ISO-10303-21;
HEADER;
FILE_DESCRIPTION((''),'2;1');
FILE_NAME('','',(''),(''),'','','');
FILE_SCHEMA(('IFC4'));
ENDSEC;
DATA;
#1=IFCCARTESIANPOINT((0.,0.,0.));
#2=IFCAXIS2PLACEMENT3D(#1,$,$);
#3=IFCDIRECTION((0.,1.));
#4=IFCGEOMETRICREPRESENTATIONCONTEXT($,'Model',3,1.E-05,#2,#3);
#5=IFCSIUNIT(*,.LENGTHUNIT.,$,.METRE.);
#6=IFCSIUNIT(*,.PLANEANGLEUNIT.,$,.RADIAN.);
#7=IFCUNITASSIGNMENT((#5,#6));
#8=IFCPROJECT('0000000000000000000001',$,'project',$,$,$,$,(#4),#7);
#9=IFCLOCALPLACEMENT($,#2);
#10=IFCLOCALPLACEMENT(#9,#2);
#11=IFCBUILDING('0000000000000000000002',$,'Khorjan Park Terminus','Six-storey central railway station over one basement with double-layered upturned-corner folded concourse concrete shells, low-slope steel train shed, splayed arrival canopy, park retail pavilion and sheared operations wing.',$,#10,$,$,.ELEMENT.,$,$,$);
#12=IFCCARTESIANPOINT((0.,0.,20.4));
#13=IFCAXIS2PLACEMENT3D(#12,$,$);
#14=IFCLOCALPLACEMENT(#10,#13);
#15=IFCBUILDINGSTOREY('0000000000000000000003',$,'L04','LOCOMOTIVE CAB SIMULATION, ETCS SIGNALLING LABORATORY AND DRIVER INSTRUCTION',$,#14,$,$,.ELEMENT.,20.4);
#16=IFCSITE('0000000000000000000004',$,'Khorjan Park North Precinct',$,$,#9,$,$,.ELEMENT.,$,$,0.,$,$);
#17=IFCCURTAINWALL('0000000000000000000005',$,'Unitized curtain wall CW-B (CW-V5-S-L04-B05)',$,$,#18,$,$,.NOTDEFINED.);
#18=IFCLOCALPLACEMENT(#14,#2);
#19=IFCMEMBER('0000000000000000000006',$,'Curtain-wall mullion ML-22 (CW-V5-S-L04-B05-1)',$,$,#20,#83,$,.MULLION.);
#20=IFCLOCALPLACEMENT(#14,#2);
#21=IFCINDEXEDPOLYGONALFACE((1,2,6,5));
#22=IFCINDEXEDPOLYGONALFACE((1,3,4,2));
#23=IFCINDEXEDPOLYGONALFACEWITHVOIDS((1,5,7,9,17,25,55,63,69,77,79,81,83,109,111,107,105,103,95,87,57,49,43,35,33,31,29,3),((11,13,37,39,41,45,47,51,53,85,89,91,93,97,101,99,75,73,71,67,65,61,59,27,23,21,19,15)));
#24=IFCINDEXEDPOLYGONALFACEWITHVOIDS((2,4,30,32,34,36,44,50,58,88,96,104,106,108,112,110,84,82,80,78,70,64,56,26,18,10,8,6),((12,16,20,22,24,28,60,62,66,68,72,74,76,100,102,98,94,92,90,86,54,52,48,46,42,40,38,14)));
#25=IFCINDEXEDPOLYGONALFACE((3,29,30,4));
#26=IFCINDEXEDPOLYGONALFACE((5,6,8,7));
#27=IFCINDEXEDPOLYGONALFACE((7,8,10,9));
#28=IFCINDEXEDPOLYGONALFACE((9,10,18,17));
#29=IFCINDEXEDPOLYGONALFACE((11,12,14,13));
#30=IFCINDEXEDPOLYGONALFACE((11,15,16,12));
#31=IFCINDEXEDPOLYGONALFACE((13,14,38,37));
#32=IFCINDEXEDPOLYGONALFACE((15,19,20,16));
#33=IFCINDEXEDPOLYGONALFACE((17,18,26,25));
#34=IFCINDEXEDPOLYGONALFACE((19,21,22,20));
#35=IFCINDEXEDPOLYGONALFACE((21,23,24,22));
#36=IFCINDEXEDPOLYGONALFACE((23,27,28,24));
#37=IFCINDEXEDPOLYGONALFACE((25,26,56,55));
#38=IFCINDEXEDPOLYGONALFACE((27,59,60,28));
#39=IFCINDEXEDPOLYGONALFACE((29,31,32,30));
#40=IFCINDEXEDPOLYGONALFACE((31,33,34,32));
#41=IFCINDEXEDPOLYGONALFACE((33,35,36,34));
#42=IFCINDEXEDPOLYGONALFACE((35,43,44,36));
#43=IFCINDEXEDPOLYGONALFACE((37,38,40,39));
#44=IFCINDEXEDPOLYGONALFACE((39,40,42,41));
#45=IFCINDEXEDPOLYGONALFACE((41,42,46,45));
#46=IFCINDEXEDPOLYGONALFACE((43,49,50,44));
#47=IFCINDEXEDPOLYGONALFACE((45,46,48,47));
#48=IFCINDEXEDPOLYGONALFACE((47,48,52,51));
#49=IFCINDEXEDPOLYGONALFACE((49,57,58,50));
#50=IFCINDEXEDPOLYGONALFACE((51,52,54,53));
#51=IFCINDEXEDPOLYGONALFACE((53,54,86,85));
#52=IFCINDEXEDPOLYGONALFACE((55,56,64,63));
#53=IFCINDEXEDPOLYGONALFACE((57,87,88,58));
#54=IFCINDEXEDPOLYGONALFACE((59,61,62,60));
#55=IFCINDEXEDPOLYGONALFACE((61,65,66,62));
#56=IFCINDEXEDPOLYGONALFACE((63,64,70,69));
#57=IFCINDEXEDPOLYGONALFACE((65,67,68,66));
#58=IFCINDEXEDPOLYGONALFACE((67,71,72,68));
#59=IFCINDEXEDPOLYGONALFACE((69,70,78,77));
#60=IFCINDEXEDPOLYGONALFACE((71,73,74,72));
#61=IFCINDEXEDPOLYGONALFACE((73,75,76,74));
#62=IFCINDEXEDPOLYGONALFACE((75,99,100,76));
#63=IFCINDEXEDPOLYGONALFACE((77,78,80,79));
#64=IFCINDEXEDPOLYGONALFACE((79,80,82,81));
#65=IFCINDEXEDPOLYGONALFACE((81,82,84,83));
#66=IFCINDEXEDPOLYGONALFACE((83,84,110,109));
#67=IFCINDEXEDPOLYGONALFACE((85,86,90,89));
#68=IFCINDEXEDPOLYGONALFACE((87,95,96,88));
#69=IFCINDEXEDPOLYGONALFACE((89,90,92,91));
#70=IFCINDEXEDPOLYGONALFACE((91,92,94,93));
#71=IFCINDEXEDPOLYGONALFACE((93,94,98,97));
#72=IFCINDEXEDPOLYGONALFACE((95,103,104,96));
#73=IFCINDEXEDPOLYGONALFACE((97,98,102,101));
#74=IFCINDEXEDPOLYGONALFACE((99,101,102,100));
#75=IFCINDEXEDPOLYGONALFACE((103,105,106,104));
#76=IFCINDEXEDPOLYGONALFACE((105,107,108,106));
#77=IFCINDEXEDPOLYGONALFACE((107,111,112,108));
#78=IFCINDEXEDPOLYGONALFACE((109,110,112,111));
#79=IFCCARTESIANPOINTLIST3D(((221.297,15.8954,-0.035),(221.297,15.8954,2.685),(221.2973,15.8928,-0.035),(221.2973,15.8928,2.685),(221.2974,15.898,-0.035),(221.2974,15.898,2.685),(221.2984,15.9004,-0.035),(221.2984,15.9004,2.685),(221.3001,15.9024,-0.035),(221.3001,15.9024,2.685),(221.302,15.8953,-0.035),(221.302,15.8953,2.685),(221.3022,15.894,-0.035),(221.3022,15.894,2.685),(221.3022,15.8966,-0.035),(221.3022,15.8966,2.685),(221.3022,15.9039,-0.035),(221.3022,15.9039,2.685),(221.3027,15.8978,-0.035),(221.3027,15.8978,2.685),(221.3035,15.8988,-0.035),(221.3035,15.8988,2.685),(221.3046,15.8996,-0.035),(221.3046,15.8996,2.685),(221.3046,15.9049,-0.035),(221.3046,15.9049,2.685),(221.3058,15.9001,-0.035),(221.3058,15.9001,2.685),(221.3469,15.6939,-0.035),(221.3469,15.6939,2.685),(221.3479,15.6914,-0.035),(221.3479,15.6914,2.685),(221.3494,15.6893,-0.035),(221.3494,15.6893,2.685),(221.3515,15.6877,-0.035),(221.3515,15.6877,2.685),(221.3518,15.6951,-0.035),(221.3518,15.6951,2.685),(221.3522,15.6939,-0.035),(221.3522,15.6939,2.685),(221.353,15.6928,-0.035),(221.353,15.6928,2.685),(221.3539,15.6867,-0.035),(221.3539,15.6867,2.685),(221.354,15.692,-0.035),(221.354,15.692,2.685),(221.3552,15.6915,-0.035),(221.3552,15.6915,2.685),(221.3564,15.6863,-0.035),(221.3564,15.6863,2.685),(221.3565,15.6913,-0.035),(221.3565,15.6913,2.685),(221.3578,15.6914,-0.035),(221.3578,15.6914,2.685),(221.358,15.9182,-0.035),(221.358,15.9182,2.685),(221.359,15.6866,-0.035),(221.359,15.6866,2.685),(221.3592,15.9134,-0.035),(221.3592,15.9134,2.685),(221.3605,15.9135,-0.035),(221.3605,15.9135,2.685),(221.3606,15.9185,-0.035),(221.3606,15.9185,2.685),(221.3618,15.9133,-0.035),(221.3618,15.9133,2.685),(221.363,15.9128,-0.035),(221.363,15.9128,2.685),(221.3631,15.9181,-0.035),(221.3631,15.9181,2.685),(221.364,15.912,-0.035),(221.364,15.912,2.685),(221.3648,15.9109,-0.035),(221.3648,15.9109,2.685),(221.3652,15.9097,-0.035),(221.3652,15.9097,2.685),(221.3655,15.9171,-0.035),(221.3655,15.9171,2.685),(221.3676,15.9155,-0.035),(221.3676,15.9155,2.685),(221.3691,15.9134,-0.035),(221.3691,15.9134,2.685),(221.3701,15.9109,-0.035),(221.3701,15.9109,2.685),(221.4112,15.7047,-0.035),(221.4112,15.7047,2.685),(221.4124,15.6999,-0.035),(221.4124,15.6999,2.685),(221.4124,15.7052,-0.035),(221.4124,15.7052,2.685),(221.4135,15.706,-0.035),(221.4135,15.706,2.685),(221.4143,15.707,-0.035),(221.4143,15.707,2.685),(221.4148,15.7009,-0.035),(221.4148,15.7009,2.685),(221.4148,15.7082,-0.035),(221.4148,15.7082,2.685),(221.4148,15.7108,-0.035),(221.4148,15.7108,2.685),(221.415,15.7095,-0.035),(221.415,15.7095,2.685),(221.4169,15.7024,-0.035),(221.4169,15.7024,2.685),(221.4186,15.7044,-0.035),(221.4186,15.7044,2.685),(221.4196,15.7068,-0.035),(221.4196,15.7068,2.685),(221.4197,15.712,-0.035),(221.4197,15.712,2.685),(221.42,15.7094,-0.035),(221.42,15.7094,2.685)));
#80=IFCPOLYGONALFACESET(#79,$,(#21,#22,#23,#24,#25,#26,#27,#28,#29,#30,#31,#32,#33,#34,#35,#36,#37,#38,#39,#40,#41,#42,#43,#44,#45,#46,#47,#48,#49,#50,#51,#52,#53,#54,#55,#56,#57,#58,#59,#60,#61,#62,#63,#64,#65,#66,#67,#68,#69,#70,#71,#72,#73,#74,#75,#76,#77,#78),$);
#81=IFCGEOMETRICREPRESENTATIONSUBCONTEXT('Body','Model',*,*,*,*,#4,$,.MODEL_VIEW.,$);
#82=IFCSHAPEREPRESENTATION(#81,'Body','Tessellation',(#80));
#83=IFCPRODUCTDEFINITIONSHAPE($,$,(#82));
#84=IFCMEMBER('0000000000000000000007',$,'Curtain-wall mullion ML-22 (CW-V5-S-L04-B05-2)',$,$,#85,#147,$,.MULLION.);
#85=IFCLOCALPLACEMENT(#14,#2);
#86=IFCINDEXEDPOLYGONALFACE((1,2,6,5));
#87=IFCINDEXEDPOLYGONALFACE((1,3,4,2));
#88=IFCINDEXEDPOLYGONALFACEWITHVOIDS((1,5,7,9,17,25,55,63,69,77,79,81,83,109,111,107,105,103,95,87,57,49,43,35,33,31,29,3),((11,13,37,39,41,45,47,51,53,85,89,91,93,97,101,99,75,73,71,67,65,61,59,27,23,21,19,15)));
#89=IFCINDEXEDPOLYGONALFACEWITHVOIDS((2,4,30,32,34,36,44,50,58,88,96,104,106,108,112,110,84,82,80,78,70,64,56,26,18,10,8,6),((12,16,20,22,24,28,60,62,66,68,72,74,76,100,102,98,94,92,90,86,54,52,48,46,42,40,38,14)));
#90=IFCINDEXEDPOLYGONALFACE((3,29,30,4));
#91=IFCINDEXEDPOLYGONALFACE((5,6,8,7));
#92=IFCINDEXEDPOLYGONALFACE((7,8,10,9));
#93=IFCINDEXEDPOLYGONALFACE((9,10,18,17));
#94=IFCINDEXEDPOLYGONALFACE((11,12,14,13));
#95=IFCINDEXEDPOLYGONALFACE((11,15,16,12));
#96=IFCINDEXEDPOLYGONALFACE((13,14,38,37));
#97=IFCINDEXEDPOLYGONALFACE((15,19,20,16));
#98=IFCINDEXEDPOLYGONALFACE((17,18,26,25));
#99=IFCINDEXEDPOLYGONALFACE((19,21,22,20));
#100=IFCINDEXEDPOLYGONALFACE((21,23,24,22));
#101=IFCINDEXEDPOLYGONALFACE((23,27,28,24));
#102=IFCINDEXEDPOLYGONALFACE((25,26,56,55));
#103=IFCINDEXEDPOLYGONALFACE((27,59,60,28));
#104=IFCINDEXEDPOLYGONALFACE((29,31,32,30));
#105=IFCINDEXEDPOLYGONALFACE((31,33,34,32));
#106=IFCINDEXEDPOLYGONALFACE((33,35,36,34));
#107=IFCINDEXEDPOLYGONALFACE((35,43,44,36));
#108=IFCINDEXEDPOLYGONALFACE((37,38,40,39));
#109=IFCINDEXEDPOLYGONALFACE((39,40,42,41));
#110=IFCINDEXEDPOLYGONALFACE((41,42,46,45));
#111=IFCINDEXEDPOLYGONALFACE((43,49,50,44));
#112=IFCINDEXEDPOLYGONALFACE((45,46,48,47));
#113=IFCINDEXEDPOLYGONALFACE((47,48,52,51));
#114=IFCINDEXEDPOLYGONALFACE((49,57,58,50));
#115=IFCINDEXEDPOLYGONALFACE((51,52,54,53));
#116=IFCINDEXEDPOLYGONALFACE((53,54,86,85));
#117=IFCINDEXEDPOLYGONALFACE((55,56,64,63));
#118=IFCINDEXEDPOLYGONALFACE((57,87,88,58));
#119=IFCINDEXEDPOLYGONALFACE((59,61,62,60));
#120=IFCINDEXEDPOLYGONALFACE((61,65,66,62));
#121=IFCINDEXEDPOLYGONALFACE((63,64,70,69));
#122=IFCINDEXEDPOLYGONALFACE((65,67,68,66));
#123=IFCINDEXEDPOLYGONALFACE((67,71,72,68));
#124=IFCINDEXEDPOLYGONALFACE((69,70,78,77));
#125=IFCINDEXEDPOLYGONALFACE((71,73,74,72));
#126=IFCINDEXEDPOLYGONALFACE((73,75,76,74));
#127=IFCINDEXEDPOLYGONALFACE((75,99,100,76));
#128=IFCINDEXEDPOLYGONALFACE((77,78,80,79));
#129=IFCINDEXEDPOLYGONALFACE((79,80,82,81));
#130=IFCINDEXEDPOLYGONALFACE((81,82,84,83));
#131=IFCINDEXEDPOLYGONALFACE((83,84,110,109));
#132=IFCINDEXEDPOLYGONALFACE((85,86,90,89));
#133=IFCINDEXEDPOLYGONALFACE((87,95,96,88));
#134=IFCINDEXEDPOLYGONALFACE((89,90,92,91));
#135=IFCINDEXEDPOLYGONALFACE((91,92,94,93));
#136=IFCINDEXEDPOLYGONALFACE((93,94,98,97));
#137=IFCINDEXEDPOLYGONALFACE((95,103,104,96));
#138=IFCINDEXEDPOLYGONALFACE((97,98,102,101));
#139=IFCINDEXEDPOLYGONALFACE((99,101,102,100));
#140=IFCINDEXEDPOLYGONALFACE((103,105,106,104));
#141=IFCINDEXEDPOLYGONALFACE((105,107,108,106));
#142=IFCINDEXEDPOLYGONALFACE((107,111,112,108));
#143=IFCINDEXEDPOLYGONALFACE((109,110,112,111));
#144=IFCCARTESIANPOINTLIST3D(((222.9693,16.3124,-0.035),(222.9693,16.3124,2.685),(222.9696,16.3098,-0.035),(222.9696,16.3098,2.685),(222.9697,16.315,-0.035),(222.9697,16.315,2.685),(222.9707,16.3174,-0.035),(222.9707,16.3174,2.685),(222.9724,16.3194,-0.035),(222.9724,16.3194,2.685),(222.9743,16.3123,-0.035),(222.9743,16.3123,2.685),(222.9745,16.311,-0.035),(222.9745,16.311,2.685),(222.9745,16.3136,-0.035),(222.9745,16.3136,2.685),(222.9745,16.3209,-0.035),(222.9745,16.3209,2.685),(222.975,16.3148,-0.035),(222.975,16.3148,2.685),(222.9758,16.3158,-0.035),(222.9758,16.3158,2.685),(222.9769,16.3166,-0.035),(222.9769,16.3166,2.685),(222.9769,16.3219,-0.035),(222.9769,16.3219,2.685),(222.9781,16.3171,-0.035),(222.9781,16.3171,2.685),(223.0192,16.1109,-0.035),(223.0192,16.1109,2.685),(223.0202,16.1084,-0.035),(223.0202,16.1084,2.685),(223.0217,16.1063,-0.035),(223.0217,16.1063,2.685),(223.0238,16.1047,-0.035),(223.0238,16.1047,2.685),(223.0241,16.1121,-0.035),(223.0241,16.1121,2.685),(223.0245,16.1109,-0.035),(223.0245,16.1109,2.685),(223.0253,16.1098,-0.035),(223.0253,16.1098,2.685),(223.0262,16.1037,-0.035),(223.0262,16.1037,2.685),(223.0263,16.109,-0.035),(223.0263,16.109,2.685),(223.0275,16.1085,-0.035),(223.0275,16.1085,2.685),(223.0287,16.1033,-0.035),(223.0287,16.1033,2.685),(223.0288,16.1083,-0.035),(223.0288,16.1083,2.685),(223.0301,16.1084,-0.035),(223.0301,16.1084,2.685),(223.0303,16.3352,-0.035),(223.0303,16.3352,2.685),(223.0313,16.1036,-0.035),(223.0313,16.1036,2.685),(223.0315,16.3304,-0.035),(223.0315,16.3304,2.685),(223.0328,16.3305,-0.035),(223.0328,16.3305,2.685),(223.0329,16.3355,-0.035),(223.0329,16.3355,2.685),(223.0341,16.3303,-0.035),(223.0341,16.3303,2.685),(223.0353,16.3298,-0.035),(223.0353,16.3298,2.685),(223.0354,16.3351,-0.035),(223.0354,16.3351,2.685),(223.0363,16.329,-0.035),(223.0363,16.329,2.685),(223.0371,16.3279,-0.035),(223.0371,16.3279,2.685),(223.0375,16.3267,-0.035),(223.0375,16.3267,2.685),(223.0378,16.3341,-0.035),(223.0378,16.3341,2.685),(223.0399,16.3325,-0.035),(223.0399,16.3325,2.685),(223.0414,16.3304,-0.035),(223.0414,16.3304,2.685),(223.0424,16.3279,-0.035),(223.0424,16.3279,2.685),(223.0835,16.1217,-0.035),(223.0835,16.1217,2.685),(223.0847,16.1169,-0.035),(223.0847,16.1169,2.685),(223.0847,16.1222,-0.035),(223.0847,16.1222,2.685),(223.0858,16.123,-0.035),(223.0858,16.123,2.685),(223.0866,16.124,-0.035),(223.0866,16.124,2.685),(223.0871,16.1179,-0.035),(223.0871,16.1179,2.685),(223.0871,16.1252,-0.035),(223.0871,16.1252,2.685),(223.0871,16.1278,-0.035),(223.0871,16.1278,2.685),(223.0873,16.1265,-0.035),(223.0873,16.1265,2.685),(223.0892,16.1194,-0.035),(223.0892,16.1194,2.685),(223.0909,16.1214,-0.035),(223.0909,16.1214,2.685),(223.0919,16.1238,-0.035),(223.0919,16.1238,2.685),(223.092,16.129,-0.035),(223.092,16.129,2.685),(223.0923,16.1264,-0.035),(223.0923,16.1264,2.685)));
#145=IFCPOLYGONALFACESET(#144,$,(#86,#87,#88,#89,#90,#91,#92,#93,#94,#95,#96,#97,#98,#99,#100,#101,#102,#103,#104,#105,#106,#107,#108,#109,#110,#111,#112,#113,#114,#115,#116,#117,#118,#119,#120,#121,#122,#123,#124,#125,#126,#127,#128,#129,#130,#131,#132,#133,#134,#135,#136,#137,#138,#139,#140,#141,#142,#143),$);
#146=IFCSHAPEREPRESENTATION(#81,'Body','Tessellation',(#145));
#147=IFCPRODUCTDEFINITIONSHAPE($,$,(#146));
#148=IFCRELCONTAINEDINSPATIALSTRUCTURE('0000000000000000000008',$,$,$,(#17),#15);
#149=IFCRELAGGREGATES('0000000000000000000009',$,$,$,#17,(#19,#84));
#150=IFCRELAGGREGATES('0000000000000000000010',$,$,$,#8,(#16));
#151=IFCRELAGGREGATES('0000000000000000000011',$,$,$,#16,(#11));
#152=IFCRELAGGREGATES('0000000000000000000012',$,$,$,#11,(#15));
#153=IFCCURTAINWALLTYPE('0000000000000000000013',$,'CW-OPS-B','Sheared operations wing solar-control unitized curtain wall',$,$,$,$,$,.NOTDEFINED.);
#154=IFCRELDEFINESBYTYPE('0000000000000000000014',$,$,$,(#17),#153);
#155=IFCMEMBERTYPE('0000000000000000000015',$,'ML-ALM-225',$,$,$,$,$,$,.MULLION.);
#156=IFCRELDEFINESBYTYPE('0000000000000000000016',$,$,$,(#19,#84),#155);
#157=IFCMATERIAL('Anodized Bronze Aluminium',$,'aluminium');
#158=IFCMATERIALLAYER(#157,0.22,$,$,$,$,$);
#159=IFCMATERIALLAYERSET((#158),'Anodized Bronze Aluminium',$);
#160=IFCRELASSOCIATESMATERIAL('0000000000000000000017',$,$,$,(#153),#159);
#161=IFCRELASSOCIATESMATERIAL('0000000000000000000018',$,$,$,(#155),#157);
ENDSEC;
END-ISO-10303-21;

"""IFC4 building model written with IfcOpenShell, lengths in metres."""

from ifc_helpers import new_model, si_unit, direction, frame, origin, origin_2d, place, context, subcontext, project, spatial, hollow_rectangle, extrude, material, layer, layer_set, material_profile, profile_set, type_object, element, aggregate, save


model = new_model("IFC4")

# Units and contexts
model_context = context("Model", 3, precision=1e-05, world=origin(), true_north=direction((0.0, 1.0)))
body_context = subcontext(model_context, "Body", "Model", "MODEL_VIEW")
ifc_project = project(units=[si_unit("LENGTHUNIT", "METRE"), si_unit("PLANEANGLEUNIT", "RADIAN")], contexts=[model_context])

# Site, building, storey
site_placement = place(None, origin())
site = spatial("IfcSite", under=ifc_project, at=site_placement, Name="Khorjan Park North Precinct", CompositionType="ELEMENT", RefElevation=0.0)
building_placement = place(site_placement, origin())
building = spatial("IfcBuilding", under=site, at=building_placement, Name="Khorjan Park Terminus", Description="Six-storey central railway station over one basement with double-layered upturned-corner folded concourse concrete shells, low-slope steel train shed, splayed arrival canopy, park retail pavilion and sheared operations wing.", CompositionType="ELEMENT")
storey_placement = place(building_placement, frame((0.0, 0.0, 20.4)))
storey = spatial("IfcBuildingStorey", under=building, at=storey_placement, Name="L04", Description="LOCOMOTIVE CAB SIMULATION, ETCS SIGNALLING LABORATORY AND DRIVER INSTRUCTION", CompositionType="ELEMENT", Elevation=20.4)

# Curtain wall, members
ifc_material_1 = material(Name="Anodized Bronze Aluminium", Category="aluminium")
ifc_layer_1 = layer(ifc_material_1, 0.22)
ifc_layer_set_1 = layer_set([ifc_layer_1], Name="Anodized Bronze Aluminium")
curtain_wall_type = type_object("IfcCurtainWallType", Name="CW-OPS-B", Description="Sheared operations wing solar-control unitized curtain wall", PredefinedType="NOTDEFINED", material=ifc_layer_set_1)
curtain_wall_placement = place(storey_placement, origin())
curtain_wall = element("IfcCurtainWall", 1, at=curtain_wall_placement, inside=storey, type_object=curtain_wall_type, Name="Unitized curtain wall CW-B (CW-V5-S-L04-B05)", PredefinedType="NOTDEFINED")
ifc_material_profile_1 = material_profile(ifc_material_1, hollow_rectangle(XDim=0.075, YDim=0.225, WallThickness=0.005, InnerFilletRadius=0.005, OuterFilletRadius=0.01, at=origin_2d()), Name="ALM 75x225x5")
ifc_profile_set_1 = profile_set([ifc_material_profile_1], Name="Anodized Bronze Aluminium")
member_type_1 = type_object("IfcMemberType", Name="ML-ALM-225", PredefinedType="MULLION", material=ifc_profile_set_1)
member_1_placement = place(storey_placement, frame((221.3585, 15.8024, -0.035), z_axis=(0.0, 0.0, 1.0), x_axis=(0.970296, 0.241919, 0.0)))
member_1 = element("IfcMember", 2, at=member_1_placement, type_object=member_type_1, Name="Curtain-wall mullion ML-22 (CW-V5-S-L04-B05-1)", PredefinedType="MULLION", context=body_context, shape_type="SweptSolid", body=[
    extrude(hollow_rectangle(XDim=0.075, YDim=0.225, WallThickness=0.005, InnerFilletRadius=0.005, OuterFilletRadius=0.01, at=origin_2d()), origin(), (0.0, 0.0, 1.0), 2.72),
])
member_2_placement = place(storey_placement, frame((223.0308, 16.2194, -0.035), z_axis=(0.0, 0.0, 1.0), x_axis=(0.970296, 0.241919, 0.0)))
member_2 = element("IfcMember", 3, at=member_2_placement, type_object=member_type_1, Name="Curtain-wall mullion ML-22 (CW-V5-S-L04-B05-2)", PredefinedType="MULLION", context=body_context, shape_type="SweptSolid", body=[
    extrude(hollow_rectangle(XDim=0.075, YDim=0.225, WallThickness=0.005, InnerFilletRadius=0.005, OuterFilletRadius=0.01, at=origin_2d()), origin(), (0.0, 0.0, 1.0), 2.72),
])
aggregate(curtain_wall, [member_1, member_2])

save(model, "model.ifc")
